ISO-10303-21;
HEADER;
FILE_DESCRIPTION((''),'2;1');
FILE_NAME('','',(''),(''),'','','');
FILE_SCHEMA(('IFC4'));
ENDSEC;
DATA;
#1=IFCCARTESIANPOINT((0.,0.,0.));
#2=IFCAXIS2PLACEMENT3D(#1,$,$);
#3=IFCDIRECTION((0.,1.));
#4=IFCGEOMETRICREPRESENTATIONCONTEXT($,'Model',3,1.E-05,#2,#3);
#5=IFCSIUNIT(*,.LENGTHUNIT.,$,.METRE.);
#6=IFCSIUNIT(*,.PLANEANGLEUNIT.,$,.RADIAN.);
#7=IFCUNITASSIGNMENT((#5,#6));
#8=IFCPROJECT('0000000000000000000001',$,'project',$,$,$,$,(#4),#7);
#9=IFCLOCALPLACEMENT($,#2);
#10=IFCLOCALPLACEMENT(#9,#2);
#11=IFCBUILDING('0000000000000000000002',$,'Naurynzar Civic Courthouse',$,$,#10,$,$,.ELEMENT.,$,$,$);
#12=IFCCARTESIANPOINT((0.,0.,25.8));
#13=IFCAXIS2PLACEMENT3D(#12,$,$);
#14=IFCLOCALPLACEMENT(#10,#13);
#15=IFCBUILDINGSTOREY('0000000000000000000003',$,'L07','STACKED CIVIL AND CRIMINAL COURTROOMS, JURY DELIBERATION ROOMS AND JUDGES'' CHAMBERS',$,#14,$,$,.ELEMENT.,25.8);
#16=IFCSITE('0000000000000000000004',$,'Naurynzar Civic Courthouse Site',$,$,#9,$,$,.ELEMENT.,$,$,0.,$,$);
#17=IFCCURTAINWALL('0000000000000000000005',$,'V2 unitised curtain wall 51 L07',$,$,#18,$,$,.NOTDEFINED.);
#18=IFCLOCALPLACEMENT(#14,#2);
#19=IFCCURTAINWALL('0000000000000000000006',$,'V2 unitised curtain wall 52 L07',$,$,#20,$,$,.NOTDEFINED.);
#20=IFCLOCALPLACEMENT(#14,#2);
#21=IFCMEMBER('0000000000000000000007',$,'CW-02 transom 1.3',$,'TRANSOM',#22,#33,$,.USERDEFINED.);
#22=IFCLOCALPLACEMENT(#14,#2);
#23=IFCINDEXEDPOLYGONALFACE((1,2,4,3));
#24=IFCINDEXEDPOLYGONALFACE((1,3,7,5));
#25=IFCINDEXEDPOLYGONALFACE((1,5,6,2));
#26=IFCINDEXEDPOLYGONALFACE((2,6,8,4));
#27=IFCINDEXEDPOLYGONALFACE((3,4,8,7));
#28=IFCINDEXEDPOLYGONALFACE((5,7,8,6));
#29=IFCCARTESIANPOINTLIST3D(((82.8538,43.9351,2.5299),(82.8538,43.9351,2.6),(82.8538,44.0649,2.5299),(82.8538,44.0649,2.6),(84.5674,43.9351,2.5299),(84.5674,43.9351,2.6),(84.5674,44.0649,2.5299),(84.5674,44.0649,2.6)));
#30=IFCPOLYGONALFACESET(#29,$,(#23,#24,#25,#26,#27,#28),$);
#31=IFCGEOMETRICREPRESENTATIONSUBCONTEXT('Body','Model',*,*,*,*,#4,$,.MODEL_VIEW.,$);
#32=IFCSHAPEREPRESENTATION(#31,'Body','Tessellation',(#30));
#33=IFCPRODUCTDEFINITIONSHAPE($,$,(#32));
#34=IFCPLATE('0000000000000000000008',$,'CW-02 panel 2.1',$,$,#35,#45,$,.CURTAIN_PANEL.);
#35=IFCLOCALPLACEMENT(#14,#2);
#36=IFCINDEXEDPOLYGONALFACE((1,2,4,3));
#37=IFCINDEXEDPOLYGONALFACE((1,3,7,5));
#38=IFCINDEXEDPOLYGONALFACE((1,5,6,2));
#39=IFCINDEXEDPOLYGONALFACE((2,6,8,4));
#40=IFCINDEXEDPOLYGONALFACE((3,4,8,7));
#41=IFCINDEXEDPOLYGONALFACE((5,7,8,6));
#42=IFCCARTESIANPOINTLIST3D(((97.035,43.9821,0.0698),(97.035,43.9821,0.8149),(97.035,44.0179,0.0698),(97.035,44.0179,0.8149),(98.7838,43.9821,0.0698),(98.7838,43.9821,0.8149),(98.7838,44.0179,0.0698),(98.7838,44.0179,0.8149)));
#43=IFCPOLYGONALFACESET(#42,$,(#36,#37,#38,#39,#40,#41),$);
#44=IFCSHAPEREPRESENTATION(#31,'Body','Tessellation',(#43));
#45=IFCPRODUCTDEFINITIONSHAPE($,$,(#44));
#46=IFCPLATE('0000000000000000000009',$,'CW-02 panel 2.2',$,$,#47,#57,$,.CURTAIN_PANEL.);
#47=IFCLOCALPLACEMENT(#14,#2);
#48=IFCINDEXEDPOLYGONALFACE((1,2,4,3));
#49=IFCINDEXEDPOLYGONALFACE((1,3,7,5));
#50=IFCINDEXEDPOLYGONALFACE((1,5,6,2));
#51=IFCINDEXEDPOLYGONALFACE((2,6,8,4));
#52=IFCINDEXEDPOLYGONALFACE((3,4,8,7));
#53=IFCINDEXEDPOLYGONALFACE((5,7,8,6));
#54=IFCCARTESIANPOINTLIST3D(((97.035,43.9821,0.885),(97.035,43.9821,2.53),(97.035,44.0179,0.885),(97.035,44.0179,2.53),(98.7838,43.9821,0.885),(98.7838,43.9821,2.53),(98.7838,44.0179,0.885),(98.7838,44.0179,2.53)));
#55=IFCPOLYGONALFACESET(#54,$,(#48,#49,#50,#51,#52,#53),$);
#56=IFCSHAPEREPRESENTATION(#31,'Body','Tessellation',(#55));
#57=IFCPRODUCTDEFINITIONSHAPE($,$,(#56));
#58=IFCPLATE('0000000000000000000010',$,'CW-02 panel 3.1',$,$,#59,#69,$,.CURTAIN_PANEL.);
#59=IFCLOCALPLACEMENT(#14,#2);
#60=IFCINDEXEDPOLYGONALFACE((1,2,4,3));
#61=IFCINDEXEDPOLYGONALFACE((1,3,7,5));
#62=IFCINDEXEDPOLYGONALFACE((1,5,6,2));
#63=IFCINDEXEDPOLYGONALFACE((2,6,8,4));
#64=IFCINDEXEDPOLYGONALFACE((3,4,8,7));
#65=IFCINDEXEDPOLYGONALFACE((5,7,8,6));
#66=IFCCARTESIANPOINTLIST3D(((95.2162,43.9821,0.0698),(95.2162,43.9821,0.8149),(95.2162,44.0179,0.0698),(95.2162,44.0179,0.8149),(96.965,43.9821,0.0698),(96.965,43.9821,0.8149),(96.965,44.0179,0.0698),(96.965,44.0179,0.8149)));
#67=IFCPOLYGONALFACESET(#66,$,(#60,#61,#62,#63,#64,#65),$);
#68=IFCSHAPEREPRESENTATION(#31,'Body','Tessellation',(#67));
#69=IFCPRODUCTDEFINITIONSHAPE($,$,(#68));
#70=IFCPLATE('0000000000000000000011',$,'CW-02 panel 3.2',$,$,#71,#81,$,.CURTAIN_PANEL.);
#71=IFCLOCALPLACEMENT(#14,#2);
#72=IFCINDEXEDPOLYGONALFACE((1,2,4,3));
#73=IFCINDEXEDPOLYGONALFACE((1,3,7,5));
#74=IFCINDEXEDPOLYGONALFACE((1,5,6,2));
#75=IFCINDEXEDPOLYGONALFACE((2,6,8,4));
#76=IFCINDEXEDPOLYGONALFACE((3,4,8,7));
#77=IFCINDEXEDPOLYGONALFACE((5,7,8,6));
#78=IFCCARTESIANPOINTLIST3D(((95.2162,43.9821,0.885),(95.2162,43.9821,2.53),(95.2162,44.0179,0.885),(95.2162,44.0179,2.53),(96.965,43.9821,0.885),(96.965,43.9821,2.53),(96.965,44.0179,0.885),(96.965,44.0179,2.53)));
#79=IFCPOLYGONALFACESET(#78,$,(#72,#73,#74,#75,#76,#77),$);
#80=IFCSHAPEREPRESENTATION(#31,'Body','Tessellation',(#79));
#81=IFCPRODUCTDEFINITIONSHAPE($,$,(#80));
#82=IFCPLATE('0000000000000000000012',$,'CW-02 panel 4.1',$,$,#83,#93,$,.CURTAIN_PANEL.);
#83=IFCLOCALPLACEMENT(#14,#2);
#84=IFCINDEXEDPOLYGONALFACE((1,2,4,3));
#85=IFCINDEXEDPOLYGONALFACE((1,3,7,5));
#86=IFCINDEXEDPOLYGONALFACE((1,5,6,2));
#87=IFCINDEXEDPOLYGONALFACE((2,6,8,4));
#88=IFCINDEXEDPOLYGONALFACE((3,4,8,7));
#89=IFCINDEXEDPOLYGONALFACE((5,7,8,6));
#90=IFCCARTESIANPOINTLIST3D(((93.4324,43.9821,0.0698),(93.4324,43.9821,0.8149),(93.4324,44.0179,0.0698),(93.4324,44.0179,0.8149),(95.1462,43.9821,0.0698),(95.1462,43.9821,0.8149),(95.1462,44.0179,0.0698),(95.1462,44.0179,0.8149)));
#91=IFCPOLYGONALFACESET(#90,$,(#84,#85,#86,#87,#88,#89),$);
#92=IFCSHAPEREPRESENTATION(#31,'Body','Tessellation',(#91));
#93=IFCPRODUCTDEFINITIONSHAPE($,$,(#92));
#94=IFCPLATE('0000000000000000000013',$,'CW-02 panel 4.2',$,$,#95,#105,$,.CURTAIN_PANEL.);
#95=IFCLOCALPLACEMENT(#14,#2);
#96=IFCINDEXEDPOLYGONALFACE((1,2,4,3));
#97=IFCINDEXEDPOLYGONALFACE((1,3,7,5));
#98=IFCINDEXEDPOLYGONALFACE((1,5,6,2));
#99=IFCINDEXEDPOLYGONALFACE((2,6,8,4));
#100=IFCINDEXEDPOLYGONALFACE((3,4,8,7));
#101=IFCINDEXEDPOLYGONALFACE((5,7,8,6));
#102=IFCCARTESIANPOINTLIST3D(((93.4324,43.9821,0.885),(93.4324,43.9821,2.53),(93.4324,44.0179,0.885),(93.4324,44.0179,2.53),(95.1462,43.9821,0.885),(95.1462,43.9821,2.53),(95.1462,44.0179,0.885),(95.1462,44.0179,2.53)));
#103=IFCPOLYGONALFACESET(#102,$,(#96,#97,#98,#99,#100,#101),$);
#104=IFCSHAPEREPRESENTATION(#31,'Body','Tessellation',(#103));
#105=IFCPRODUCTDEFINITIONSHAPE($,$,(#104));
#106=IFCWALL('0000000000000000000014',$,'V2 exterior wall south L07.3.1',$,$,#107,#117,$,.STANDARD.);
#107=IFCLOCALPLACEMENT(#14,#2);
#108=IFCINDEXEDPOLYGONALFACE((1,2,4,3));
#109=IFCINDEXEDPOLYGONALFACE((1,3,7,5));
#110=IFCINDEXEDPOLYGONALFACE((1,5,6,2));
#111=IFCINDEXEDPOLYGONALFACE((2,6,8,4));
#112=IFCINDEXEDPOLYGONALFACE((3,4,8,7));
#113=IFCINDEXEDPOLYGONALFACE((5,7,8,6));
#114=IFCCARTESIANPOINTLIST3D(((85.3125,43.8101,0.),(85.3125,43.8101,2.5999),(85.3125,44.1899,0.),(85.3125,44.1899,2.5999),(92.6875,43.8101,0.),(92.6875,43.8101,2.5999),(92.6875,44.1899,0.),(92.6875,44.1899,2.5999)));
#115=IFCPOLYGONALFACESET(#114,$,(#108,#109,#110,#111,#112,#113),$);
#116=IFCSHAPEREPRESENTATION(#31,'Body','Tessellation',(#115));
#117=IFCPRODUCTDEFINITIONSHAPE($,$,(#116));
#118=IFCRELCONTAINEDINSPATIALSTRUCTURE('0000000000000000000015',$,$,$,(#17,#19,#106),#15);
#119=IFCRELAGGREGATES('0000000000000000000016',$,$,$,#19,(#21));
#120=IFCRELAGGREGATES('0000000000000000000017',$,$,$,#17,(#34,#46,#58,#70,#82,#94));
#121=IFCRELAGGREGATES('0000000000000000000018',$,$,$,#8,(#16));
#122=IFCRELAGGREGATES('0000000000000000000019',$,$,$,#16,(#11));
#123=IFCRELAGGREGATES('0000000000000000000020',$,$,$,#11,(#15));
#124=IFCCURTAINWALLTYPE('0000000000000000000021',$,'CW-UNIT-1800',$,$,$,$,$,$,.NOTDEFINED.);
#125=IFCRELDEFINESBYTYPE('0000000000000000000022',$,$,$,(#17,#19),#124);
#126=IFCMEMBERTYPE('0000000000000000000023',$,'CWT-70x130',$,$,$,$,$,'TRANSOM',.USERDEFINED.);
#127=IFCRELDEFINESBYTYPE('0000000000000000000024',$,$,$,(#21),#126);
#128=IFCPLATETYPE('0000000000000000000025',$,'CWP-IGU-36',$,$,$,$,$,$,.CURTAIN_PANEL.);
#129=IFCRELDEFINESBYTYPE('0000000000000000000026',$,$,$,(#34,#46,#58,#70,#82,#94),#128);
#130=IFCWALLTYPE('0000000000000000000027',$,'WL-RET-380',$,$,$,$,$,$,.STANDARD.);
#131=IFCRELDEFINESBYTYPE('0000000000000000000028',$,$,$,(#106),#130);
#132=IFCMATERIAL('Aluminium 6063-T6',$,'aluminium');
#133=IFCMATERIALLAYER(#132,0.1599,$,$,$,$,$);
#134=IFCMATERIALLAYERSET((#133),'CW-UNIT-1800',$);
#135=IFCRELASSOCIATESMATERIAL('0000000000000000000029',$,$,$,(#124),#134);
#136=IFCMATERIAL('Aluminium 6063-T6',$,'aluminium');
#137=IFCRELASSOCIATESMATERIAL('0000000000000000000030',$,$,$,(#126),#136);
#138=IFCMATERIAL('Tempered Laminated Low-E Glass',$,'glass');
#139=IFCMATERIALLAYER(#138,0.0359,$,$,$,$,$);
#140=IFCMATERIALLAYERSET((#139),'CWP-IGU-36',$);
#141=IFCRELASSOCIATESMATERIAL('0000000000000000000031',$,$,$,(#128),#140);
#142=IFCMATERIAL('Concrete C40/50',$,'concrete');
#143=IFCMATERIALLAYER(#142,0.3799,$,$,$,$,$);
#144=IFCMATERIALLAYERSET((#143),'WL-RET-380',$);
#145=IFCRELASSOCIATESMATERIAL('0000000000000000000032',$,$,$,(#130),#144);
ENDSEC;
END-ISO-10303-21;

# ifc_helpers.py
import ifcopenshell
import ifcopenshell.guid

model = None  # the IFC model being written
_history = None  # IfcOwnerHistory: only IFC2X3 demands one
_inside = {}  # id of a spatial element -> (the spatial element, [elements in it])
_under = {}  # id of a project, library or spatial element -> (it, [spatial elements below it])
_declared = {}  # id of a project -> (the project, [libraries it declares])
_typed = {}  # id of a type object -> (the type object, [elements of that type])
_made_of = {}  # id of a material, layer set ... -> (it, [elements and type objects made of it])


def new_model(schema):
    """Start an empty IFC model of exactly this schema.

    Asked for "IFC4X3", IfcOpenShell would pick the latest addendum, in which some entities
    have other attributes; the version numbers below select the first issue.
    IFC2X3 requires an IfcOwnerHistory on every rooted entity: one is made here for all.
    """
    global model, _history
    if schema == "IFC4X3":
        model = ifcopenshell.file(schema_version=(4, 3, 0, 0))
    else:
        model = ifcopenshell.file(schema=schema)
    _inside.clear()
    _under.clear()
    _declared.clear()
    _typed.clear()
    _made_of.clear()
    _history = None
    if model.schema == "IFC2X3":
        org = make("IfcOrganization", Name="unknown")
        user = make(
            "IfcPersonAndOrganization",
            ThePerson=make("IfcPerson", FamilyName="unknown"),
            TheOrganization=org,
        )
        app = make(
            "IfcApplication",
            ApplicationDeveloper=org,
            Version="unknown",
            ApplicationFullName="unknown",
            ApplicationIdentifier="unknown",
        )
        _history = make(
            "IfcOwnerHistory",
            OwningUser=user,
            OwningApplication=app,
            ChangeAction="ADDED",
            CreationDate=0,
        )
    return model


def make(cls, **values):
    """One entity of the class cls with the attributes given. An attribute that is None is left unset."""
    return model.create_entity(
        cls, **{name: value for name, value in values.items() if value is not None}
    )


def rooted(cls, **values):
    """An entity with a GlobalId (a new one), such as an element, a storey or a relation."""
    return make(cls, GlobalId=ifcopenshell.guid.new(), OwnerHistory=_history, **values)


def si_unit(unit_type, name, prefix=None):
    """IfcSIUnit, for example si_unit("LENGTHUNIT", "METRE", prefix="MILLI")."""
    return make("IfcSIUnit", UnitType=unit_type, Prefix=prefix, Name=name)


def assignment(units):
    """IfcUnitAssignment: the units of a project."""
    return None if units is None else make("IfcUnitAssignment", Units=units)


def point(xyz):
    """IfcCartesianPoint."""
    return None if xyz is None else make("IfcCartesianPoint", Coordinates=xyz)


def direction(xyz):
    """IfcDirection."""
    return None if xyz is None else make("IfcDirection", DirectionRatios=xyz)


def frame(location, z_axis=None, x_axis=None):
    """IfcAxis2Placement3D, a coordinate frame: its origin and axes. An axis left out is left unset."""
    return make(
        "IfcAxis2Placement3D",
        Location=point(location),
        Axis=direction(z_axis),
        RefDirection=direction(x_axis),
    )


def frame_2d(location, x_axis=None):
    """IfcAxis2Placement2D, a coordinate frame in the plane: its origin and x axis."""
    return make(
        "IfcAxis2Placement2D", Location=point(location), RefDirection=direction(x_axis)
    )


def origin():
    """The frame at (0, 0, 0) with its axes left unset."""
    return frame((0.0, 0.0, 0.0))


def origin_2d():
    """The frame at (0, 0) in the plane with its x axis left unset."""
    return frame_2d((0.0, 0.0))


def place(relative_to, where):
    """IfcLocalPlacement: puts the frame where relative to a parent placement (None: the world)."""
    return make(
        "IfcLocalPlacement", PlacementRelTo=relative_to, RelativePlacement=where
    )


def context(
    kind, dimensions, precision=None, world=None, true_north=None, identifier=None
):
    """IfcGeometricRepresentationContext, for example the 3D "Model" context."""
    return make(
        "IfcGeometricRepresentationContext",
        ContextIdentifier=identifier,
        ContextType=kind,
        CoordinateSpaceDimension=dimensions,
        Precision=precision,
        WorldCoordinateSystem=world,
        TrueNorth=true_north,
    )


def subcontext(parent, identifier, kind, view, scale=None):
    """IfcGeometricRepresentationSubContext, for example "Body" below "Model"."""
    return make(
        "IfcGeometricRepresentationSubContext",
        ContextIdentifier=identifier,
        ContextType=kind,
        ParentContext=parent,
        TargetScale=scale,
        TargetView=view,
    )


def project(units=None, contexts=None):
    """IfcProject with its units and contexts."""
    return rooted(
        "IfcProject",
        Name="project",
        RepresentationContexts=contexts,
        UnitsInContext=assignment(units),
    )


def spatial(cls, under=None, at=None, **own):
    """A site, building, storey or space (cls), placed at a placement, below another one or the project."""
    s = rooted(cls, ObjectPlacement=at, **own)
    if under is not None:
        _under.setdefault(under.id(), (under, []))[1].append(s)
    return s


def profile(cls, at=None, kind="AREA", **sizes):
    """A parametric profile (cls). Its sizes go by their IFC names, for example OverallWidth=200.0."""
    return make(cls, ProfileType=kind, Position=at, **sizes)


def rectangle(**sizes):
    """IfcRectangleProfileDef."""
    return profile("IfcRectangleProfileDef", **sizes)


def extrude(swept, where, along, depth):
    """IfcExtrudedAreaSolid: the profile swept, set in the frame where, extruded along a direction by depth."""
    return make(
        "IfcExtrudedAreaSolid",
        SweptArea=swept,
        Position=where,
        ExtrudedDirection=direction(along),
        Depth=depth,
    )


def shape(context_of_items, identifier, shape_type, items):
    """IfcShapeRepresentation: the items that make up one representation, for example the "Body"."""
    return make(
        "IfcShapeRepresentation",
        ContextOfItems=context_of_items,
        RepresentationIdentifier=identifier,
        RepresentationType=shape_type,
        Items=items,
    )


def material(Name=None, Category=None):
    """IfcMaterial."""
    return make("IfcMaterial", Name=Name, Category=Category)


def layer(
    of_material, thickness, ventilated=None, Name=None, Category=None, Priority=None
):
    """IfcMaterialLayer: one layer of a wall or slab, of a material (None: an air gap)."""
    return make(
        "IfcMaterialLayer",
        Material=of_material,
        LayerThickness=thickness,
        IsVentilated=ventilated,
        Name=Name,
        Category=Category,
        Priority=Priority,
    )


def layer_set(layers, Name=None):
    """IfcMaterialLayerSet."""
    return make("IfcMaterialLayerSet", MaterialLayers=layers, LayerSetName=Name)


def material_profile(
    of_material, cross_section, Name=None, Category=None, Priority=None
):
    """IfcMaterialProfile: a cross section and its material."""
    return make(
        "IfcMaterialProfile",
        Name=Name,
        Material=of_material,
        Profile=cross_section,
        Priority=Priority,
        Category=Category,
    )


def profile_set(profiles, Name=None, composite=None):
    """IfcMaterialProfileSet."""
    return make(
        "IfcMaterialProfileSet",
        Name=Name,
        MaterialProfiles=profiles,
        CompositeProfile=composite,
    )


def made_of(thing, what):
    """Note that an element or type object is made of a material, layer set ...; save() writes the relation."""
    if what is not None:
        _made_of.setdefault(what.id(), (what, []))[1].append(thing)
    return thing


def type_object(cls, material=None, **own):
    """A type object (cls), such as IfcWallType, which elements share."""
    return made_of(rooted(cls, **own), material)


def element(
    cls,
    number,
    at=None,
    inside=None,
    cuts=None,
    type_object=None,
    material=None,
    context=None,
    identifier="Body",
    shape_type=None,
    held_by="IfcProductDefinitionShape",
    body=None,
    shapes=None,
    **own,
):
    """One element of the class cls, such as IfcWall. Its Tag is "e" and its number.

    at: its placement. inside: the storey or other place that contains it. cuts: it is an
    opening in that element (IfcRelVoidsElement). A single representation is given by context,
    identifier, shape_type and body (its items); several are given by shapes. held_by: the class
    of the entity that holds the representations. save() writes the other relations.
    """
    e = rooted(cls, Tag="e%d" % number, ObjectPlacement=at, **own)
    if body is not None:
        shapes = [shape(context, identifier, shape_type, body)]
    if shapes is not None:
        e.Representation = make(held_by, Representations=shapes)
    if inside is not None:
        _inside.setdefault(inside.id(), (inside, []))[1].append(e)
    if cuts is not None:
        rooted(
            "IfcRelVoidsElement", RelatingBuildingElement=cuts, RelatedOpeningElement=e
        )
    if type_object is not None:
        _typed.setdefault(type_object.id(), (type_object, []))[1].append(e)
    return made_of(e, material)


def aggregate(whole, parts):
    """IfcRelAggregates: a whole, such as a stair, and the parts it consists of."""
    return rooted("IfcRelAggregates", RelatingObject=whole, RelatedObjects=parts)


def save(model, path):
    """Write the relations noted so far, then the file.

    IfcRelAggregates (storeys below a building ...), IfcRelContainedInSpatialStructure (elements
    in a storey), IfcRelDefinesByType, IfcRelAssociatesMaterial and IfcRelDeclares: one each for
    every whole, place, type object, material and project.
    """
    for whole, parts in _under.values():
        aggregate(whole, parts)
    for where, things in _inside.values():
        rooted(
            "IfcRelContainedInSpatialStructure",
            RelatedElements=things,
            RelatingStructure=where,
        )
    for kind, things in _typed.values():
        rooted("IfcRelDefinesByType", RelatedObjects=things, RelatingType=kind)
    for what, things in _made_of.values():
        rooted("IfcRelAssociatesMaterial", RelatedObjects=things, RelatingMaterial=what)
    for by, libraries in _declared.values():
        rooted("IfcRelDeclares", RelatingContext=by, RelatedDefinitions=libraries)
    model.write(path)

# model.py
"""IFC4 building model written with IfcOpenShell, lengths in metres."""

from ifc_helpers import new_model, si_unit, direction, frame, frame_2d, origin, origin_2d, place, context, subcontext, project, spatial, rectangle, extrude, material, layer, layer_set, material_profile, profile_set, type_object, element, aggregate, save


model = new_model("IFC4")

# Units and contexts
model_context = context("Model", 3, precision=1e-05, world=origin(), true_north=direction((0.0, 1.0)))
body_context = subcontext(model_context, "Body", "Model", "MODEL_VIEW")
ifc_project = project(units=[si_unit("LENGTHUNIT", "METRE"), si_unit("PLANEANGLEUNIT", "RADIAN")], contexts=[model_context])

# Site, building, storey
site_placement = place(None, origin())
site = spatial("IfcSite", under=ifc_project, at=site_placement, Name="Naurynzar Civic Courthouse Site", CompositionType="ELEMENT", RefElevation=0.0)
building_placement = place(site_placement, origin())
building = spatial("IfcBuilding", under=site, at=building_placement, Name="Naurynzar Civic Courthouse", CompositionType="ELEMENT")
storey_placement = place(building_placement, frame((0.0, 0.0, 25.8)))
storey = spatial("IfcBuildingStorey", under=building, at=storey_placement, Name="L07", Description="STACKED CIVIL AND CRIMINAL COURTROOMS, JURY DELIBERATION ROOMS AND JUDGES' CHAMBERS", CompositionType="ELEMENT", Elevation=25.8)

# Curtain wall
ifc_material_1 = material(Name="Aluminium 6063-T6", Category="aluminium")
ifc_layer_1 = layer(ifc_material_1, 0.1599)
ifc_layer_set_1 = layer_set([ifc_layer_1], Name="CW-UNIT-1800")
curtain_wall_type = type_object("IfcCurtainWallType", Name="CW-UNIT-1800", PredefinedType="NOTDEFINED", material=ifc_layer_set_1)
curtain_wall_1_placement = place(storey_placement, origin())
curtain_wall_1 = element("IfcCurtainWall", 1, at=curtain_wall_1_placement, inside=storey, type_object=curtain_wall_type, Name="V2 unitised curtain wall 51 L07", PredefinedType="NOTDEFINED")

# Curtain wall
curtain_wall_2_placement = place(storey_placement, origin())
curtain_wall_2 = element("IfcCurtainWall", 2, at=curtain_wall_2_placement, inside=storey, type_object=curtain_wall_type, Name="V2 unitised curtain wall 52 L07", PredefinedType="NOTDEFINED")

# Member
ifc_material_2 = material(Name="Aluminium 6063-T6", Category="aluminium")
ifc_material_profile_1 = material_profile(ifc_material_2, rectangle(XDim=0.1299, YDim=0.0701, at=origin_2d()), Name="ALU TRANSOM 70x130")
ifc_profile_set_1 = profile_set([ifc_material_profile_1], Name="Aluminium 6063-T6")
member_type_1 = type_object("IfcMemberType", Name="CWT-70x130", ElementType="TRANSOM", PredefinedType="USERDEFINED", material=ifc_profile_set_1)
member_1_placement = place(storey_placement, frame((84.5674, 44.0, 2.5649), z_axis=(-1.0, 0.0, 0.0), x_axis=(0.0, -1.0, 0.0)))
member_1 = element("IfcMember", 3, at=member_1_placement, type_object=member_type_1, Name="CW-02 transom 1.3", ObjectType="TRANSOM", PredefinedType="USERDEFINED", context=body_context, shape_type="SweptSolid", body=[
    extrude(rectangle(XDim=0.1299, YDim=0.0701, at=origin_2d()), origin(), (0.0, 0.0, 1.0), 1.7136),
])
aggregate(curtain_wall_2, [member_1])

# Plates
ifc_material_3 = material(Name="Tempered Laminated Low-E Glass", Category="glass")
ifc_layer_2 = layer(ifc_material_3, 0.0359)
ifc_layer_set_2 = layer_set([ifc_layer_2], Name="CWP-IGU-36")
plate_type = type_object("IfcPlateType", Name="CWP-IGU-36", PredefinedType="CURTAIN_PANEL", material=ifc_layer_set_2)
plate_1_placement = place(storey_placement, frame((97.9094, 44.0, 0.0698), z_axis=(0.0, 0.0, 1.0), x_axis=(-1.0, 0.0, 0.0)))
plate_1 = element("IfcPlate", 4, at=plate_1_placement, type_object=plate_type, Name="CW-02 panel 2.1", PredefinedType="CURTAIN_PANEL", context=body_context, shape_type="SweptSolid", body=[
    extrude(rectangle(XDim=1.7488, YDim=0.0359, at=origin_2d()), origin(), (0.0, 0.0, 1.0), 0.7451),
])
plate_2_placement = place(storey_placement, frame((97.9094, 44.0, 0.885), z_axis=(0.0, 0.0, 1.0), x_axis=(-1.0, 0.0, 0.0)))
plate_2 = element("IfcPlate", 5, at=plate_2_placement, type_object=plate_type, Name="CW-02 panel 2.2", PredefinedType="CURTAIN_PANEL", context=body_context, shape_type="SweptSolid", body=[
    extrude(rectangle(XDim=1.7488, YDim=0.0359, at=origin_2d()), origin(), (0.0, 0.0, 1.0), 1.645),
])
plate_3_placement = place(storey_placement, frame((96.0906, 44.0, 0.0698), z_axis=(0.0, 0.0, 1.0), x_axis=(-1.0, 0.0, 0.0)))
plate_3 = element("IfcPlate", 6, at=plate_3_placement, type_object=plate_type, Name="CW-02 panel 3.1", PredefinedType="CURTAIN_PANEL", context=body_context, shape_type="SweptSolid", body=[
    extrude(rectangle(XDim=1.7488, YDim=0.0359, at=origin_2d()), origin(), (0.0, 0.0, 1.0), 0.7451),
])
plate_4_placement = place(storey_placement, frame((96.0906, 44.0, 0.885), z_axis=(0.0, 0.0, 1.0), x_axis=(-1.0, 0.0, 0.0)))
plate_4 = element("IfcPlate", 7, at=plate_4_placement, type_object=plate_type, Name="CW-02 panel 3.2", PredefinedType="CURTAIN_PANEL", context=body_context, shape_type="SweptSolid", body=[
    extrude(rectangle(XDim=1.7488, YDim=0.0359, at=origin_2d()), origin(), (0.0, 0.0, 1.0), 1.645),
])
plate_5_placement = place(storey_placement, frame((94.2893, 44.0, 0.0698), z_axis=(0.0, 0.0, 1.0), x_axis=(-1.0, 0.0, 0.0)))
plate_5 = element("IfcPlate", 8, at=plate_5_placement, type_object=plate_type, Name="CW-02 panel 4.1", PredefinedType="CURTAIN_PANEL", context=body_context, shape_type="SweptSolid", body=[
    extrude(rectangle(XDim=1.7139, YDim=0.0359, at=origin_2d()), origin(), (0.0, 0.0, 1.0), 0.7451),
])
plate_6_placement = place(storey_placement, frame((94.2893, 44.0, 0.885), z_axis=(0.0, 0.0, 1.0), x_axis=(-1.0, 0.0, 0.0)))
plate_6 = element("IfcPlate", 9, at=plate_6_placement, type_object=plate_type, Name="CW-02 panel 4.2", PredefinedType="CURTAIN_PANEL", context=body_context, shape_type="SweptSolid", body=[
    extrude(rectangle(XDim=1.7139, YDim=0.0359, at=origin_2d()), origin(), (0.0, 0.0, 1.0), 1.645),
])
aggregate(curtain_wall_1, [plate_1, plate_2, plate_3, plate_4, plate_5, plate_6])

# Wall
ifc_material_4 = material(Name="Concrete C40/50", Category="concrete")
ifc_layer_3 = layer(ifc_material_4, 0.3799)
ifc_layer_set_3 = layer_set([ifc_layer_3], Name="WL-RET-380")
wall_type = type_object("IfcWallType", Name="WL-RET-380", PredefinedType="STANDARD", material=ifc_layer_set_3)
wall_placement = place(storey_placement, frame((92.6875, 44.0, 0.0), z_axis=(0.0, 0.0, 1.0), x_axis=(-1.0, 0.0, 0.0)))
element("IfcWall", 10, at=wall_placement, inside=storey, type_object=wall_type, Name="V2 exterior wall south L07.3.1", PredefinedType="STANDARD", context=body_context, shape_type="SweptSolid", body=[
    extrude(rectangle(XDim=7.375, YDim=0.3799, at=frame_2d((3.6875, 0.0))), origin(), (0.0, 0.0, 1.0), 2.5999),
])

save(model, "model.ifc")
